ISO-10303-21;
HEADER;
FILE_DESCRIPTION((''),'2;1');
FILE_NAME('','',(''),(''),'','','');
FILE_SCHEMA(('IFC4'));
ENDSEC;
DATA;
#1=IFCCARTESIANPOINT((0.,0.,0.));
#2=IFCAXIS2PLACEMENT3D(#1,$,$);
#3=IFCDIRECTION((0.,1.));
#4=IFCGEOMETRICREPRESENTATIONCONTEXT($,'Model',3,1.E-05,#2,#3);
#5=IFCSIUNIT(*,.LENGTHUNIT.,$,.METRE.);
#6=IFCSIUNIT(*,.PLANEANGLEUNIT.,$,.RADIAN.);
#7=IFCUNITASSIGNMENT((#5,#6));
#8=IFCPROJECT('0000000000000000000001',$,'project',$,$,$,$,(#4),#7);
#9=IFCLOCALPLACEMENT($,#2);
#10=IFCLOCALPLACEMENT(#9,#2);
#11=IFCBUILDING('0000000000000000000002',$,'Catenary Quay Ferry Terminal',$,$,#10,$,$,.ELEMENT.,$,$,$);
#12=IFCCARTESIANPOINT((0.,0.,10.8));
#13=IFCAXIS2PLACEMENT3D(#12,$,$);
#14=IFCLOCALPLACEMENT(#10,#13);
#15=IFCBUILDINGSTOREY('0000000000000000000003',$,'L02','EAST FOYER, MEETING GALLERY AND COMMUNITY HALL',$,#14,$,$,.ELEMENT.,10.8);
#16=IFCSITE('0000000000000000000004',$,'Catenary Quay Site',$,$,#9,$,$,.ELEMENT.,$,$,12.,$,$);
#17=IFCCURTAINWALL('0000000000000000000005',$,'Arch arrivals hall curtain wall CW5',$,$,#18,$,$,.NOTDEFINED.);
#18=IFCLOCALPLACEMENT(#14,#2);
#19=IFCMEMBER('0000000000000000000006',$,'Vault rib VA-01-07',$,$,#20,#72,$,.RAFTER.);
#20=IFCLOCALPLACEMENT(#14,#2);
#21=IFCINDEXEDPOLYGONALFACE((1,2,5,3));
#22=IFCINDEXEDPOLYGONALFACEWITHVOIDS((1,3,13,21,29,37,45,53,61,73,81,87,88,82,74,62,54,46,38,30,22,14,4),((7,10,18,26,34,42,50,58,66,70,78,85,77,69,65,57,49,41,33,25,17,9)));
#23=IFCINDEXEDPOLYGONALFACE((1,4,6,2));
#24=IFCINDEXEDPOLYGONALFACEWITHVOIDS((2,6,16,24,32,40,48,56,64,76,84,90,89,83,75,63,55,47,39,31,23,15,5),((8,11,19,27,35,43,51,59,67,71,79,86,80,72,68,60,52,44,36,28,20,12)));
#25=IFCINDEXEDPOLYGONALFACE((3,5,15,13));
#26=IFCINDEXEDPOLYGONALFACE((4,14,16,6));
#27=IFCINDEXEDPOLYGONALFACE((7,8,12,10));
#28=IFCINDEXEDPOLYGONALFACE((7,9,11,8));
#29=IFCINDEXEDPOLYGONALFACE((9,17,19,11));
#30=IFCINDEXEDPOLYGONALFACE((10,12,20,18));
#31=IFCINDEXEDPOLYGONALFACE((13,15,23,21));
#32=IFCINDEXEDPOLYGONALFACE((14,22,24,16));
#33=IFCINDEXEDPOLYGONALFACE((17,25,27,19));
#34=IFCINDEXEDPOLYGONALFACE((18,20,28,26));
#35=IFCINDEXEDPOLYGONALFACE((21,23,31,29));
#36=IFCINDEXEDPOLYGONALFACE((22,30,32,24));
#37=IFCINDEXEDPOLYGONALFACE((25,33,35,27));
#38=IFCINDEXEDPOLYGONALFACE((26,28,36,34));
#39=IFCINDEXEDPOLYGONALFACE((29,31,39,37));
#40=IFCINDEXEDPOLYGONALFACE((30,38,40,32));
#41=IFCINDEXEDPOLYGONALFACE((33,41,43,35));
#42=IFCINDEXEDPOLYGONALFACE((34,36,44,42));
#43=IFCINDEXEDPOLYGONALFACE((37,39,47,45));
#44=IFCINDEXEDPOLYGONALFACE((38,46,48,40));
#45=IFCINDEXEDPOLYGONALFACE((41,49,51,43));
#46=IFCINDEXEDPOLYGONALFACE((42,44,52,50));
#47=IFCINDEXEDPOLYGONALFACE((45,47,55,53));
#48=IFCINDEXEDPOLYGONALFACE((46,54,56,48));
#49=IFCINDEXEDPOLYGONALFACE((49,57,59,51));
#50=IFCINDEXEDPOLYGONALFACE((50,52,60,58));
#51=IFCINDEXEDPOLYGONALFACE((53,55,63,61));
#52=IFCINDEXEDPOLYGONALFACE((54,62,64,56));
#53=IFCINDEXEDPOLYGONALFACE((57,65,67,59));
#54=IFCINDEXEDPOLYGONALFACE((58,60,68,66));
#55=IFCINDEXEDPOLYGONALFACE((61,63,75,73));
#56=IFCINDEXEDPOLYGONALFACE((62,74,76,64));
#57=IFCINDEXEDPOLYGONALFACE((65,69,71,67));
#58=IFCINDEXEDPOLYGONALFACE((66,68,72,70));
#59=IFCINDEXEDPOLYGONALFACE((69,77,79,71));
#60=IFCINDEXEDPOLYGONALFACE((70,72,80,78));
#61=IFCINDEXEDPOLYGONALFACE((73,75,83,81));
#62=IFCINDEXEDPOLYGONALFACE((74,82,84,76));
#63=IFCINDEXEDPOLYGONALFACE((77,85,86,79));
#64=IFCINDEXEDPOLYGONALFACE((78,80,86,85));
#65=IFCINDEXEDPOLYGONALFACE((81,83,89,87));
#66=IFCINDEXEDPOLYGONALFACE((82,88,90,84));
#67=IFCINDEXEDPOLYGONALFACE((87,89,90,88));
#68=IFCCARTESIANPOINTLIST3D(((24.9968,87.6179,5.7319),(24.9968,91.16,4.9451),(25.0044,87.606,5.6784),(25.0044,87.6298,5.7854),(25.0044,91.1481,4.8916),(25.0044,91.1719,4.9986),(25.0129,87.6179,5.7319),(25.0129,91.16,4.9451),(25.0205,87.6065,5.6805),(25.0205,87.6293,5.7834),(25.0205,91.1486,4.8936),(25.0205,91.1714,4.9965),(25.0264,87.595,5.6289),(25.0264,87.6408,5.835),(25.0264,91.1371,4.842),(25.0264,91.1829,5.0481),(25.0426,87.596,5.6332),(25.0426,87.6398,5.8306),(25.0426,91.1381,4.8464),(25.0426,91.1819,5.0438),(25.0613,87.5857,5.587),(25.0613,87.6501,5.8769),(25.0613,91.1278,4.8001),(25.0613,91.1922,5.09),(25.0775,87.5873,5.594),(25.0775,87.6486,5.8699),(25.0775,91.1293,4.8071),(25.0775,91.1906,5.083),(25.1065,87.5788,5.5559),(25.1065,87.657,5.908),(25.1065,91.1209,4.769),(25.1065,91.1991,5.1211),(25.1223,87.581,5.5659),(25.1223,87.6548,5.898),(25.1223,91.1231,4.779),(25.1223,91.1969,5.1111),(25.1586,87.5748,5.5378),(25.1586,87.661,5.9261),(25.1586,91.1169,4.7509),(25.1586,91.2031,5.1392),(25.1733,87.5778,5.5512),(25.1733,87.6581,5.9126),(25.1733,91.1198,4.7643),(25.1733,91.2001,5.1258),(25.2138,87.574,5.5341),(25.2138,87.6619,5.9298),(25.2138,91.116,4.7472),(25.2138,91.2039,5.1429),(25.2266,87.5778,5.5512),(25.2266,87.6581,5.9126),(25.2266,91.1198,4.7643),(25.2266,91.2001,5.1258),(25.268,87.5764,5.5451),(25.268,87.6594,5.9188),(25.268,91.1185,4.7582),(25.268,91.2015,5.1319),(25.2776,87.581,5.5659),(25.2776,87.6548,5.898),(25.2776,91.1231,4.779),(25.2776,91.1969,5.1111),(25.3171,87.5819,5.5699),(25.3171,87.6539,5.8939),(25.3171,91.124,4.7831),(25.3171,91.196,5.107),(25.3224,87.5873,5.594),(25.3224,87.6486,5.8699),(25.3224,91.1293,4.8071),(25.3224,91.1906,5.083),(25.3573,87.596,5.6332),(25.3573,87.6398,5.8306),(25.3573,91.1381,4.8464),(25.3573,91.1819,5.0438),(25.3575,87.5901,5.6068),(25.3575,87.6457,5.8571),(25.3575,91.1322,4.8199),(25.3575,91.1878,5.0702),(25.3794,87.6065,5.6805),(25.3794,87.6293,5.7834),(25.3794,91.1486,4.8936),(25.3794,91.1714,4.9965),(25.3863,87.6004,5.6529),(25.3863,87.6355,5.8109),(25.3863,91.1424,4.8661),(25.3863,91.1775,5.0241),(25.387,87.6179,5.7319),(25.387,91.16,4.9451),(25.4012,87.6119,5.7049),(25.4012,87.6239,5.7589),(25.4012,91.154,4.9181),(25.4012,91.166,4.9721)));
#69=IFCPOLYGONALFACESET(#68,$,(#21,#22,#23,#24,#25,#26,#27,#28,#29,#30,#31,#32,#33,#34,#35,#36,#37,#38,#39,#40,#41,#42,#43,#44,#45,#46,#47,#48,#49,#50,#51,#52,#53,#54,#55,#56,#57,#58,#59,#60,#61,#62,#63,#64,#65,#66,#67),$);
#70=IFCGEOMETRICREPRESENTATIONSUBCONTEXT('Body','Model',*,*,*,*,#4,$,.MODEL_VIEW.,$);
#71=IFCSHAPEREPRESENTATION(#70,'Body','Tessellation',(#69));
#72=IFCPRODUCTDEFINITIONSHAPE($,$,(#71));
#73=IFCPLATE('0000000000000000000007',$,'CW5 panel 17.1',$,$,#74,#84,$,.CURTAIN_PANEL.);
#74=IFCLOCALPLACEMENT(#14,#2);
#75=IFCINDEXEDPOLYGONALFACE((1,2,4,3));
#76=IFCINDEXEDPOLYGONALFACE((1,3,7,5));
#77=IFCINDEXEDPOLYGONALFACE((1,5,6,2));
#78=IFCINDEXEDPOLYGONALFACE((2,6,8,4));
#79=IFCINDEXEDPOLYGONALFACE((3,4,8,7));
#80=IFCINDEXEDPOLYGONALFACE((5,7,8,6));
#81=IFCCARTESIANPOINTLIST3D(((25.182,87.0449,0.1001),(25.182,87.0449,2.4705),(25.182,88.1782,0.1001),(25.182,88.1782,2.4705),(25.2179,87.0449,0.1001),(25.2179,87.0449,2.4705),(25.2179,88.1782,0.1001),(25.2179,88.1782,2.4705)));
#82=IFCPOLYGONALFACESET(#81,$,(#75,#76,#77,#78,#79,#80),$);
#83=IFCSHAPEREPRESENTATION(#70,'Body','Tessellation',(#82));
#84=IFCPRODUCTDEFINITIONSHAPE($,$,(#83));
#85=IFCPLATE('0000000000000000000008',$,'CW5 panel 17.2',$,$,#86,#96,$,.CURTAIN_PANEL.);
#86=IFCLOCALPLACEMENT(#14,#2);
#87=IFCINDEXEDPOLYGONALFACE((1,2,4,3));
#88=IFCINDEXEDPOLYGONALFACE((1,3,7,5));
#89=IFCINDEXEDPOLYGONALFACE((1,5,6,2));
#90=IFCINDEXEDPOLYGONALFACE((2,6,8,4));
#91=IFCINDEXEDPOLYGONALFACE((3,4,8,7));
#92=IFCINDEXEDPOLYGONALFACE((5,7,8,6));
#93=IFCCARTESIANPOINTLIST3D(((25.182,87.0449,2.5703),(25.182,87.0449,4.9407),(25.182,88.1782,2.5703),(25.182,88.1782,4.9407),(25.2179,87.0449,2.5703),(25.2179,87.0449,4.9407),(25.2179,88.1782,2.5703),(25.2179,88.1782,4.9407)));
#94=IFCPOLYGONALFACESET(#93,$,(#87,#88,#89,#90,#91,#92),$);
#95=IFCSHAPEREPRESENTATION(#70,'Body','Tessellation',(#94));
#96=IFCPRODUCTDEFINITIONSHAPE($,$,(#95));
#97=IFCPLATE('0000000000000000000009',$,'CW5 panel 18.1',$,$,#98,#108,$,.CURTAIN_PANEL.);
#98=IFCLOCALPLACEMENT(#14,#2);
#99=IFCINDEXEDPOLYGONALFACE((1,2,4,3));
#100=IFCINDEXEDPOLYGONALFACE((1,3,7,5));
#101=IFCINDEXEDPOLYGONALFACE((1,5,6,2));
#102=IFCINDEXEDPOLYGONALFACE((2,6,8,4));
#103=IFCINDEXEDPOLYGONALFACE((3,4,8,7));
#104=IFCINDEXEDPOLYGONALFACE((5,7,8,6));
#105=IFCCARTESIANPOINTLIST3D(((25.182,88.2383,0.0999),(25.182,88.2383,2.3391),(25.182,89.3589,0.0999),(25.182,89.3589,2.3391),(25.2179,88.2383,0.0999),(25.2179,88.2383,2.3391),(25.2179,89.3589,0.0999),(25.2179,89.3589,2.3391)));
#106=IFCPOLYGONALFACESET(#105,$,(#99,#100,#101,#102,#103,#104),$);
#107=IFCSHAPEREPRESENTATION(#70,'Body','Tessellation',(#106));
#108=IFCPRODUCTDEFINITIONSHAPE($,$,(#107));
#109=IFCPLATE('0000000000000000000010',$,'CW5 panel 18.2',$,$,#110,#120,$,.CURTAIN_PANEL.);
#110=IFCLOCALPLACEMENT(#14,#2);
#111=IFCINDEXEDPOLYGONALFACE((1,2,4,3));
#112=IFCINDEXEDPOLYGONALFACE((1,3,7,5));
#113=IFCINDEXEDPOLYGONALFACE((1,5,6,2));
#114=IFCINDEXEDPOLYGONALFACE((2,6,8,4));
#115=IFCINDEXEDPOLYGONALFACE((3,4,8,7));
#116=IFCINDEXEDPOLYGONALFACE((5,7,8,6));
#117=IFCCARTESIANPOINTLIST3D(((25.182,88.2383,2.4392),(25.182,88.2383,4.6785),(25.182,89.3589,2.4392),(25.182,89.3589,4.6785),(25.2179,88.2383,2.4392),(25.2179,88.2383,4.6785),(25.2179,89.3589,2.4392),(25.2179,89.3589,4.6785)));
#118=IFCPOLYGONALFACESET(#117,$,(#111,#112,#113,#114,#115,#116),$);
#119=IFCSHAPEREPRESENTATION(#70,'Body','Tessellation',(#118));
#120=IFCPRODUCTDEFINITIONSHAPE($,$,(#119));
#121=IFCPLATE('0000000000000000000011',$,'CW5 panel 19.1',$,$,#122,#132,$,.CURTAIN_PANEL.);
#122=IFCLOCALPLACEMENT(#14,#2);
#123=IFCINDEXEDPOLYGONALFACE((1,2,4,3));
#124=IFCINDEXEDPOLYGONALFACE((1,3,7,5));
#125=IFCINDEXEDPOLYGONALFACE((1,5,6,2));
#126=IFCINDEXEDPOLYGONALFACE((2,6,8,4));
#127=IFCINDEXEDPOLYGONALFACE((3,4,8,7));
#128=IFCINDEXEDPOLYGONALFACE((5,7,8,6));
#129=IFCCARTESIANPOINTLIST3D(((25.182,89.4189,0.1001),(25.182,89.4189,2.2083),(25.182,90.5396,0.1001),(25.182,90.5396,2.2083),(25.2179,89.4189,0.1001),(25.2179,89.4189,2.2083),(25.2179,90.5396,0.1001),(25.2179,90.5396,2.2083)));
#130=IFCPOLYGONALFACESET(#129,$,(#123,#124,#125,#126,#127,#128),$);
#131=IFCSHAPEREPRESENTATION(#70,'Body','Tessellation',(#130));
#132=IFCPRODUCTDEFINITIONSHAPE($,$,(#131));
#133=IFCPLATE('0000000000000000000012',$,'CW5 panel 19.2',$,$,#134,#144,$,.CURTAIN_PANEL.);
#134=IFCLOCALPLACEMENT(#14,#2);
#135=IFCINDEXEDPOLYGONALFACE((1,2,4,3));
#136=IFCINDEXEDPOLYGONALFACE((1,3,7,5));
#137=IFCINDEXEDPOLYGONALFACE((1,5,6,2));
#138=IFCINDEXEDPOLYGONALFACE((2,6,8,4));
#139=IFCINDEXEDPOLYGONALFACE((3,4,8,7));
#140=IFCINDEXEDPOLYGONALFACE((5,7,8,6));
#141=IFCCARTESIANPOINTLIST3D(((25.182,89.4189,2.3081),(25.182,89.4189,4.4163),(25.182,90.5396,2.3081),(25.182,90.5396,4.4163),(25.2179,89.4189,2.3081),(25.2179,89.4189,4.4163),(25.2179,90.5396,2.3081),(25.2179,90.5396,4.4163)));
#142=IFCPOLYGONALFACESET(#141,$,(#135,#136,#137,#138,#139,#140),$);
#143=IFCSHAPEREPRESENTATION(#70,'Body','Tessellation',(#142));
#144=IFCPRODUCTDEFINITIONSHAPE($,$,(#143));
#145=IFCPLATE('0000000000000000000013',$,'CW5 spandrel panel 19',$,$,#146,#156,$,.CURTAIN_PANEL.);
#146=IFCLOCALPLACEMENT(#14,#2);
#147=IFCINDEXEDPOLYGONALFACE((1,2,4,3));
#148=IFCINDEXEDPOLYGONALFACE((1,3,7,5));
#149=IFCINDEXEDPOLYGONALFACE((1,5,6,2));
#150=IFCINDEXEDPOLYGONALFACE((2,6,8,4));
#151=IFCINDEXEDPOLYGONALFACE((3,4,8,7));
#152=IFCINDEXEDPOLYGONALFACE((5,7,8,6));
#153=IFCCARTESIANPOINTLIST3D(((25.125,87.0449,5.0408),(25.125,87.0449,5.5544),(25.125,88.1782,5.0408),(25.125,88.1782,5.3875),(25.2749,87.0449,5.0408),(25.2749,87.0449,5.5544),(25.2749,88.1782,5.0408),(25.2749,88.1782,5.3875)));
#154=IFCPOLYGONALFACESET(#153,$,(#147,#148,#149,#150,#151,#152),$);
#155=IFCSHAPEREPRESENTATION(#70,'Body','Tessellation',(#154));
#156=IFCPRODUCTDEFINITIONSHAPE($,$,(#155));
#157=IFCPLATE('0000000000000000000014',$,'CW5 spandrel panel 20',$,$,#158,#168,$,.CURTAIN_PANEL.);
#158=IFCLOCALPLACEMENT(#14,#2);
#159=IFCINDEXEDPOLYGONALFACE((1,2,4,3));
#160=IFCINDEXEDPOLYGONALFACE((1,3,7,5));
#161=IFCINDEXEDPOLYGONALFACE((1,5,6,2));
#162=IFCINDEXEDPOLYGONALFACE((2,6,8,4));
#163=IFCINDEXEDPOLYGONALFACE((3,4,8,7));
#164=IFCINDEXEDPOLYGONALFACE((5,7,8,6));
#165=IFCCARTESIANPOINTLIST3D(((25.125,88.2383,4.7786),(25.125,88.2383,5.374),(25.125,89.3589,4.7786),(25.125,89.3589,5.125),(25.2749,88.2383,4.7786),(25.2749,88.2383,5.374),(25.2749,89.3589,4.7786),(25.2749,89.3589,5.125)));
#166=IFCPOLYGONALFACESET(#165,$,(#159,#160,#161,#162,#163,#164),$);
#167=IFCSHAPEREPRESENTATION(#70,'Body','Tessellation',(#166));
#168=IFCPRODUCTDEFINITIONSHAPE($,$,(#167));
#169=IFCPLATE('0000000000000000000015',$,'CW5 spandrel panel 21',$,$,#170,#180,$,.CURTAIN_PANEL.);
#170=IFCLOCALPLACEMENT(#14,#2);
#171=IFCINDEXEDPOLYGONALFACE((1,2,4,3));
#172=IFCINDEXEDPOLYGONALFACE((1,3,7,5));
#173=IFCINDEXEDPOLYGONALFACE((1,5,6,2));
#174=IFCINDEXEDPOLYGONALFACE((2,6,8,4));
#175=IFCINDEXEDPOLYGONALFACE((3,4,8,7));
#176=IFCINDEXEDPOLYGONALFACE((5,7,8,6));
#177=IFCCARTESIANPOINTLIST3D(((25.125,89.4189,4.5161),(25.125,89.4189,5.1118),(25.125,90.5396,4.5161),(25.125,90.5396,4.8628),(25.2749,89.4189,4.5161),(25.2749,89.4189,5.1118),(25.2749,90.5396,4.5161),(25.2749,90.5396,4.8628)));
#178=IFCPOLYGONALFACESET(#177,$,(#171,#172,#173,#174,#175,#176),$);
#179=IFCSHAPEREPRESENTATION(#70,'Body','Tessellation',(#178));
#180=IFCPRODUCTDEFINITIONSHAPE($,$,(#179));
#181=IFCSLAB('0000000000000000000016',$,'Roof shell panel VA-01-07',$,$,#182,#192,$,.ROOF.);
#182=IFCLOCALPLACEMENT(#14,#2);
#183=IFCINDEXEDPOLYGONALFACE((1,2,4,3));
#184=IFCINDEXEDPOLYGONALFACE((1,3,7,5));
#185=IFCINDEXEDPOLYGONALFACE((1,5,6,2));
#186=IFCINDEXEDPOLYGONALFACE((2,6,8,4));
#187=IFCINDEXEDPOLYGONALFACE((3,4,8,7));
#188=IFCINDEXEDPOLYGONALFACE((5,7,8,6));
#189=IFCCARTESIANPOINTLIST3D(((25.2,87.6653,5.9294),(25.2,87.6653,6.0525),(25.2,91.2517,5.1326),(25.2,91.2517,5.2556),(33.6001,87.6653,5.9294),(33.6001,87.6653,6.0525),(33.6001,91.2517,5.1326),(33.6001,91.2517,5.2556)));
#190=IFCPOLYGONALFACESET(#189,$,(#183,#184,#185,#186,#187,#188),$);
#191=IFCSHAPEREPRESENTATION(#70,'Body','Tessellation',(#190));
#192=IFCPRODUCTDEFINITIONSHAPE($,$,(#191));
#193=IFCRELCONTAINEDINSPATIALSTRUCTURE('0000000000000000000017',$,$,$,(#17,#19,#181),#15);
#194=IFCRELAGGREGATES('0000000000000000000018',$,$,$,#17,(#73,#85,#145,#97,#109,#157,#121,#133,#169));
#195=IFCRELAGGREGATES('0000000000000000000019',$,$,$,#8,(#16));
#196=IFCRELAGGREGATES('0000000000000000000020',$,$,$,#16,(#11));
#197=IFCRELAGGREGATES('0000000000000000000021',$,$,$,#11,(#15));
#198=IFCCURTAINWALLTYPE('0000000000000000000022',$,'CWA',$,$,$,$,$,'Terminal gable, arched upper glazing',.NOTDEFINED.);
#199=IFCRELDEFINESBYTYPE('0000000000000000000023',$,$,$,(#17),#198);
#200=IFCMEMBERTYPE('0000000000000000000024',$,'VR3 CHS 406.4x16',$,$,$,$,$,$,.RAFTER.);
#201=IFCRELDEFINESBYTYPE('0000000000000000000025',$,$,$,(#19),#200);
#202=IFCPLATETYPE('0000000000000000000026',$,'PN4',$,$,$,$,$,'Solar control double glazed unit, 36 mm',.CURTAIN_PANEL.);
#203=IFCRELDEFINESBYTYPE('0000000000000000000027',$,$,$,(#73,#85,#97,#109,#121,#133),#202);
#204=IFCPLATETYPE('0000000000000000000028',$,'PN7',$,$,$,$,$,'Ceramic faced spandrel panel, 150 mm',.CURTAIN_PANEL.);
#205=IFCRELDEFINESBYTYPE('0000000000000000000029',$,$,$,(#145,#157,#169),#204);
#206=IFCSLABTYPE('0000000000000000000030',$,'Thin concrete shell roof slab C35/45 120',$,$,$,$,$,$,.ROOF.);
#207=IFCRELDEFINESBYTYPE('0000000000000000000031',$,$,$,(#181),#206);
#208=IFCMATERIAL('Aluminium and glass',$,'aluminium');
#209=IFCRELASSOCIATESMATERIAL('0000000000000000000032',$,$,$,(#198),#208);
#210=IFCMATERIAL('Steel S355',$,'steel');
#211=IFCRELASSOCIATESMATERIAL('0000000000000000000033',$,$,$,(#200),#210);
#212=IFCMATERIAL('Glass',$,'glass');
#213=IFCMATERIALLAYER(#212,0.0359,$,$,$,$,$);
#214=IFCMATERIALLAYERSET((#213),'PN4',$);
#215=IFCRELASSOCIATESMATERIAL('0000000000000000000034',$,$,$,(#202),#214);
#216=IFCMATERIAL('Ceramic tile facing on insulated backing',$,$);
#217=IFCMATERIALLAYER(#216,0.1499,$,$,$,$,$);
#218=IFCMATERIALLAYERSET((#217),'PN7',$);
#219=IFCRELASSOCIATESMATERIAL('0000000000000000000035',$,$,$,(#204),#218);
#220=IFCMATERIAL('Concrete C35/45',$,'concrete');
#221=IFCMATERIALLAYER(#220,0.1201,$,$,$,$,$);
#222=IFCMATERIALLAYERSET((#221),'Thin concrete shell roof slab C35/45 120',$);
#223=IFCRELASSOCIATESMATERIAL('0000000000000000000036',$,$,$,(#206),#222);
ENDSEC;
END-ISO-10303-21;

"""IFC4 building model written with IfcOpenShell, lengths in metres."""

from ifc_helpers import new_model, si_unit, direction, frame, origin, origin_2d, place, context, subcontext, project, spatial, polyline, rectangle, hollow_circle, outline, extrude, material, layer, layer_set, material_profile, profile_set, type_object, element, aggregate, save


model = new_model("IFC4")

# Units and contexts
model_context = context("Model", 3, precision=1e-05, world=origin(), true_north=direction((0.0, 1.0)))
body_context = subcontext(model_context, "Body", "Model", "MODEL_VIEW")
ifc_project = project(units=[si_unit("LENGTHUNIT", "METRE"), si_unit("PLANEANGLEUNIT", "RADIAN")], contexts=[model_context])

# Site, building, storey
site_placement = place(None, origin())
site = spatial("IfcSite", under=ifc_project, at=site_placement, Name="Catenary Quay Site", CompositionType="ELEMENT", RefElevation=12.0)
building_placement = place(site_placement, origin())
building = spatial("IfcBuilding", under=site, at=building_placement, Name="Catenary Quay Ferry Terminal", CompositionType="ELEMENT")
storey_placement = place(building_placement, frame((0.0, 0.0, 10.8)))
storey = spatial("IfcBuildingStorey", under=building, at=storey_placement, Name="L02", Description="EAST FOYER, MEETING GALLERY AND COMMUNITY HALL", CompositionType="ELEMENT", Elevation=10.8)

# Curtain wall
ifc_material_1 = material(Name="Aluminium and glass", Category="aluminium")
curtain_wall_type = type_object("IfcCurtainWallType", Name="CWA", ElementType="Terminal gable, arched upper glazing", PredefinedType="NOTDEFINED", material=ifc_material_1)
curtain_wall_placement = place(storey_placement, origin())
curtain_wall = element("IfcCurtainWall", 1, at=curtain_wall_placement, inside=storey, type_object=curtain_wall_type, Name="Arch arrivals hall curtain wall CW5", PredefinedType="NOTDEFINED")

# Member
ifc_material_2 = material(Name="Steel S355", Category="steel")
ifc_material_profile_1 = material_profile(ifc_material_2, hollow_circle(Radius=0.2031, WallThickness=0.0161, at=origin_2d()), Name="CHS 406.4x16")
ifc_profile_set_1 = profile_set([ifc_material_profile_1], Name="Steel S355")
member_type_1 = type_object("IfcMemberType", Name="VR3 CHS 406.4x16", PredefinedType="RAFTER", material=ifc_profile_set_1)
member_1_placement = place(storey_placement, frame((25.2, 87.6179, 5.7319), z_axis=(0.0, 0.976201, -0.216866), x_axis=(-1.0, 0.0, 0.0)))
element("IfcMember", 2, at=member_1_placement, inside=storey, type_object=member_type_1, Name="Vault rib VA-01-07", PredefinedType="RAFTER", context=body_context, shape_type="SweptSolid", body=[
    extrude(hollow_circle(Radius=0.2031, WallThickness=0.0161, at=origin_2d()), origin(), (0.0, 0.0, 1.0), 3.6284),
])

# Plates
ifc_material_3 = material(Name="Glass", Category="glass")
ifc_layer_1 = layer(ifc_material_3, 0.0359)
ifc_layer_set_1 = layer_set([ifc_layer_1], Name="PN4")
plate_type_1 = type_object("IfcPlateType", Name="PN4", ElementType="Solar control double glazed unit, 36 mm", PredefinedType="CURTAIN_PANEL", material=ifc_layer_set_1)
plate_1_placement = place(storey_placement, frame((25.2, 87.6116, 0.1001), z_axis=(0.0, 0.0, 1.0), x_axis=(0.0, 1.0, 0.0)))
plate_1 = element("IfcPlate", 3, at=plate_1_placement, type_object=plate_type_1, Name="CW5 panel 17.1", PredefinedType="CURTAIN_PANEL", context=body_context, shape_type="SweptSolid", body=[
    extrude(rectangle(XDim=1.1333, YDim=0.0359, at=origin_2d()), origin(), (0.0, 0.0, 1.0), 2.3704),
])
plate_2_placement = place(storey_placement, frame((25.2, 87.6116, 2.5703), z_axis=(0.0, 0.0, 1.0), x_axis=(0.0, 1.0, 0.0)))
plate_2 = element("IfcPlate", 4, at=plate_2_placement, type_object=plate_type_1, Name="CW5 panel 17.2", PredefinedType="CURTAIN_PANEL", context=body_context, shape_type="SweptSolid", body=[
    extrude(rectangle(XDim=1.1333, YDim=0.0359, at=origin_2d()), origin(), (0.0, 0.0, 1.0), 2.3704),
])
plate_3_placement = place(storey_placement, frame((25.2, 88.7986, 0.0999), z_axis=(0.0, 0.0, 1.0), x_axis=(0.0, 1.0, 0.0)))
plate_3 = element("IfcPlate", 5, at=plate_3_placement, type_object=plate_type_1, Name="CW5 panel 18.1", PredefinedType="CURTAIN_PANEL", context=body_context, shape_type="SweptSolid", body=[
    extrude(rectangle(XDim=1.1206, YDim=0.0359, at=origin_2d()), origin(), (0.0, 0.0, 1.0), 2.2393),
])
plate_4_placement = place(storey_placement, frame((25.2, 88.7986, 2.4392), z_axis=(0.0, 0.0, 1.0), x_axis=(0.0, 1.0, 0.0)))
plate_4 = element("IfcPlate", 6, at=plate_4_placement, type_object=plate_type_1, Name="CW5 panel 18.2", PredefinedType="CURTAIN_PANEL", context=body_context, shape_type="SweptSolid", body=[
    extrude(rectangle(XDim=1.1206, YDim=0.0359, at=origin_2d()), origin(), (0.0, 0.0, 1.0), 2.2393),
])
plate_5_placement = place(storey_placement, frame((25.2, 89.9792, 0.1001), z_axis=(0.0, 0.0, 1.0), x_axis=(0.0, 1.0, 0.0)))
plate_5 = element("IfcPlate", 7, at=plate_5_placement, type_object=plate_type_1, Name="CW5 panel 19.1", PredefinedType="CURTAIN_PANEL", context=body_context, shape_type="SweptSolid", body=[
    extrude(rectangle(XDim=1.1206, YDim=0.0359, at=origin_2d()), origin(), (0.0, 0.0, 1.0), 2.1082),
])
plate_6_placement = place(storey_placement, frame((25.2, 89.9792, 2.3081), z_axis=(0.0, 0.0, 1.0), x_axis=(0.0, 1.0, 0.0)))
plate_6 = element("IfcPlate", 8, at=plate_6_placement, type_object=plate_type_1, Name="CW5 panel 19.2", PredefinedType="CURTAIN_PANEL", context=body_context, shape_type="SweptSolid", body=[
    extrude(rectangle(XDim=1.1206, YDim=0.0359, at=origin_2d()), origin(), (0.0, 0.0, 1.0), 2.1082),
])
ifc_material_4 = material(Name="Ceramic tile facing on insulated backing")
ifc_layer_2 = layer(ifc_material_4, 0.1499)
ifc_layer_set_2 = layer_set([ifc_layer_2], Name="PN7")
plate_type_2 = type_object("IfcPlateType", Name="PN7", ElementType="Ceramic faced spandrel panel, 150 mm", PredefinedType="CURTAIN_PANEL", material=ifc_layer_set_2)
plate_7_placement = place(storey_placement, frame((25.2, 87.0449, 5.0408), z_axis=(0.0, 0.0, 1.0), x_axis=(0.0, 1.0, 0.0)))
plate_7 = element("IfcPlate", 9, at=plate_7_placement, type_object=plate_type_2, Name="CW5 spandrel panel 19", PredefinedType="CURTAIN_PANEL", context=body_context, shape_type="SweptSolid", body=[
    extrude(outline(polyline([(0.0, 0.0), (1.1333, 0.0), (1.1333, 0.3467), (0.0, 0.5137), (0.0, 0.0)])), frame((0.0, 0.075, 0.0), z_axis=(0.0, -1.0, 0.0), x_axis=(1.0, 0.0, 0.0)), (0.0, 0.0, 1.0), 0.1499),
])
plate_8_placement = place(storey_placement, frame((25.2, 88.2383, 4.7786), z_axis=(0.0, 0.0, 1.0), x_axis=(0.0, 1.0, 0.0)))
plate_8 = element("IfcPlate", 10, at=plate_8_placement, type_object=plate_type_2, Name="CW5 spandrel panel 20", PredefinedType="CURTAIN_PANEL", context=body_context, shape_type="SweptSolid", body=[
    extrude(outline(polyline([(0.0, 0.0), (1.1206, 0.0), (1.1206, 0.3464), (0.0, 0.5955), (0.0, 0.0)])), frame((0.0, 0.075, 0.0), z_axis=(0.0, -1.0, 0.0), x_axis=(1.0, 0.0, 0.0)), (0.0, 0.0, 1.0), 0.1499),
])
plate_9_placement = place(storey_placement, frame((25.2, 89.4189, 4.5161), z_axis=(0.0, 0.0, 1.0), x_axis=(0.0, 1.0, 0.0)))
plate_9 = element("IfcPlate", 11, at=plate_9_placement, type_object=plate_type_2, Name="CW5 spandrel panel 21", PredefinedType="CURTAIN_PANEL", context=body_context, shape_type="SweptSolid", body=[
    extrude(outline(polyline([(0.0, 0.0), (1.1206, 0.0), (1.1206, 0.3467), (0.0, 0.5957), (0.0, 0.0)])), frame((0.0, 0.075, 0.0), z_axis=(0.0, -1.0, 0.0), x_axis=(1.0, 0.0, 0.0)), (0.0, 0.0, 1.0), 0.1499),
])
aggregate(curtain_wall, [plate_1, plate_2, plate_7, plate_3, plate_4, plate_8, plate_5, plate_6, plate_9])

# Slab
ifc_material_5 = material(Name="Concrete C35/45", Category="concrete")
ifc_layer_3 = layer(ifc_material_5, 0.1201)
ifc_layer_set_3 = layer_set([ifc_layer_3], Name="Thin concrete shell roof slab C35/45 120")
slab_type = type_object("IfcSlabType", Name="Thin concrete shell roof slab C35/45 120", PredefinedType="ROOF", material=ifc_layer_set_3)
slab_placement = place(storey_placement, frame((25.2, 87.6653, 6.0525), z_axis=(0.0, 0.216902, 0.976193), x_axis=(1.0, 0.0, 0.0)))
element("IfcSlab", 12, at=slab_placement, inside=storey, type_object=slab_type, Name="Roof shell panel VA-01-07", PredefinedType="ROOF", context=body_context, shape_type="SweptSolid", body=[
    extrude(outline(polyline([(0.0, 0.0), (8.4001, 0.0), (8.4001, 3.6739), (0.0, 3.6739), (0.0, 0.0)])), origin(), (0.0, 0.216902, -0.976193), 0.123),
])

save(model, "model.ifc")
